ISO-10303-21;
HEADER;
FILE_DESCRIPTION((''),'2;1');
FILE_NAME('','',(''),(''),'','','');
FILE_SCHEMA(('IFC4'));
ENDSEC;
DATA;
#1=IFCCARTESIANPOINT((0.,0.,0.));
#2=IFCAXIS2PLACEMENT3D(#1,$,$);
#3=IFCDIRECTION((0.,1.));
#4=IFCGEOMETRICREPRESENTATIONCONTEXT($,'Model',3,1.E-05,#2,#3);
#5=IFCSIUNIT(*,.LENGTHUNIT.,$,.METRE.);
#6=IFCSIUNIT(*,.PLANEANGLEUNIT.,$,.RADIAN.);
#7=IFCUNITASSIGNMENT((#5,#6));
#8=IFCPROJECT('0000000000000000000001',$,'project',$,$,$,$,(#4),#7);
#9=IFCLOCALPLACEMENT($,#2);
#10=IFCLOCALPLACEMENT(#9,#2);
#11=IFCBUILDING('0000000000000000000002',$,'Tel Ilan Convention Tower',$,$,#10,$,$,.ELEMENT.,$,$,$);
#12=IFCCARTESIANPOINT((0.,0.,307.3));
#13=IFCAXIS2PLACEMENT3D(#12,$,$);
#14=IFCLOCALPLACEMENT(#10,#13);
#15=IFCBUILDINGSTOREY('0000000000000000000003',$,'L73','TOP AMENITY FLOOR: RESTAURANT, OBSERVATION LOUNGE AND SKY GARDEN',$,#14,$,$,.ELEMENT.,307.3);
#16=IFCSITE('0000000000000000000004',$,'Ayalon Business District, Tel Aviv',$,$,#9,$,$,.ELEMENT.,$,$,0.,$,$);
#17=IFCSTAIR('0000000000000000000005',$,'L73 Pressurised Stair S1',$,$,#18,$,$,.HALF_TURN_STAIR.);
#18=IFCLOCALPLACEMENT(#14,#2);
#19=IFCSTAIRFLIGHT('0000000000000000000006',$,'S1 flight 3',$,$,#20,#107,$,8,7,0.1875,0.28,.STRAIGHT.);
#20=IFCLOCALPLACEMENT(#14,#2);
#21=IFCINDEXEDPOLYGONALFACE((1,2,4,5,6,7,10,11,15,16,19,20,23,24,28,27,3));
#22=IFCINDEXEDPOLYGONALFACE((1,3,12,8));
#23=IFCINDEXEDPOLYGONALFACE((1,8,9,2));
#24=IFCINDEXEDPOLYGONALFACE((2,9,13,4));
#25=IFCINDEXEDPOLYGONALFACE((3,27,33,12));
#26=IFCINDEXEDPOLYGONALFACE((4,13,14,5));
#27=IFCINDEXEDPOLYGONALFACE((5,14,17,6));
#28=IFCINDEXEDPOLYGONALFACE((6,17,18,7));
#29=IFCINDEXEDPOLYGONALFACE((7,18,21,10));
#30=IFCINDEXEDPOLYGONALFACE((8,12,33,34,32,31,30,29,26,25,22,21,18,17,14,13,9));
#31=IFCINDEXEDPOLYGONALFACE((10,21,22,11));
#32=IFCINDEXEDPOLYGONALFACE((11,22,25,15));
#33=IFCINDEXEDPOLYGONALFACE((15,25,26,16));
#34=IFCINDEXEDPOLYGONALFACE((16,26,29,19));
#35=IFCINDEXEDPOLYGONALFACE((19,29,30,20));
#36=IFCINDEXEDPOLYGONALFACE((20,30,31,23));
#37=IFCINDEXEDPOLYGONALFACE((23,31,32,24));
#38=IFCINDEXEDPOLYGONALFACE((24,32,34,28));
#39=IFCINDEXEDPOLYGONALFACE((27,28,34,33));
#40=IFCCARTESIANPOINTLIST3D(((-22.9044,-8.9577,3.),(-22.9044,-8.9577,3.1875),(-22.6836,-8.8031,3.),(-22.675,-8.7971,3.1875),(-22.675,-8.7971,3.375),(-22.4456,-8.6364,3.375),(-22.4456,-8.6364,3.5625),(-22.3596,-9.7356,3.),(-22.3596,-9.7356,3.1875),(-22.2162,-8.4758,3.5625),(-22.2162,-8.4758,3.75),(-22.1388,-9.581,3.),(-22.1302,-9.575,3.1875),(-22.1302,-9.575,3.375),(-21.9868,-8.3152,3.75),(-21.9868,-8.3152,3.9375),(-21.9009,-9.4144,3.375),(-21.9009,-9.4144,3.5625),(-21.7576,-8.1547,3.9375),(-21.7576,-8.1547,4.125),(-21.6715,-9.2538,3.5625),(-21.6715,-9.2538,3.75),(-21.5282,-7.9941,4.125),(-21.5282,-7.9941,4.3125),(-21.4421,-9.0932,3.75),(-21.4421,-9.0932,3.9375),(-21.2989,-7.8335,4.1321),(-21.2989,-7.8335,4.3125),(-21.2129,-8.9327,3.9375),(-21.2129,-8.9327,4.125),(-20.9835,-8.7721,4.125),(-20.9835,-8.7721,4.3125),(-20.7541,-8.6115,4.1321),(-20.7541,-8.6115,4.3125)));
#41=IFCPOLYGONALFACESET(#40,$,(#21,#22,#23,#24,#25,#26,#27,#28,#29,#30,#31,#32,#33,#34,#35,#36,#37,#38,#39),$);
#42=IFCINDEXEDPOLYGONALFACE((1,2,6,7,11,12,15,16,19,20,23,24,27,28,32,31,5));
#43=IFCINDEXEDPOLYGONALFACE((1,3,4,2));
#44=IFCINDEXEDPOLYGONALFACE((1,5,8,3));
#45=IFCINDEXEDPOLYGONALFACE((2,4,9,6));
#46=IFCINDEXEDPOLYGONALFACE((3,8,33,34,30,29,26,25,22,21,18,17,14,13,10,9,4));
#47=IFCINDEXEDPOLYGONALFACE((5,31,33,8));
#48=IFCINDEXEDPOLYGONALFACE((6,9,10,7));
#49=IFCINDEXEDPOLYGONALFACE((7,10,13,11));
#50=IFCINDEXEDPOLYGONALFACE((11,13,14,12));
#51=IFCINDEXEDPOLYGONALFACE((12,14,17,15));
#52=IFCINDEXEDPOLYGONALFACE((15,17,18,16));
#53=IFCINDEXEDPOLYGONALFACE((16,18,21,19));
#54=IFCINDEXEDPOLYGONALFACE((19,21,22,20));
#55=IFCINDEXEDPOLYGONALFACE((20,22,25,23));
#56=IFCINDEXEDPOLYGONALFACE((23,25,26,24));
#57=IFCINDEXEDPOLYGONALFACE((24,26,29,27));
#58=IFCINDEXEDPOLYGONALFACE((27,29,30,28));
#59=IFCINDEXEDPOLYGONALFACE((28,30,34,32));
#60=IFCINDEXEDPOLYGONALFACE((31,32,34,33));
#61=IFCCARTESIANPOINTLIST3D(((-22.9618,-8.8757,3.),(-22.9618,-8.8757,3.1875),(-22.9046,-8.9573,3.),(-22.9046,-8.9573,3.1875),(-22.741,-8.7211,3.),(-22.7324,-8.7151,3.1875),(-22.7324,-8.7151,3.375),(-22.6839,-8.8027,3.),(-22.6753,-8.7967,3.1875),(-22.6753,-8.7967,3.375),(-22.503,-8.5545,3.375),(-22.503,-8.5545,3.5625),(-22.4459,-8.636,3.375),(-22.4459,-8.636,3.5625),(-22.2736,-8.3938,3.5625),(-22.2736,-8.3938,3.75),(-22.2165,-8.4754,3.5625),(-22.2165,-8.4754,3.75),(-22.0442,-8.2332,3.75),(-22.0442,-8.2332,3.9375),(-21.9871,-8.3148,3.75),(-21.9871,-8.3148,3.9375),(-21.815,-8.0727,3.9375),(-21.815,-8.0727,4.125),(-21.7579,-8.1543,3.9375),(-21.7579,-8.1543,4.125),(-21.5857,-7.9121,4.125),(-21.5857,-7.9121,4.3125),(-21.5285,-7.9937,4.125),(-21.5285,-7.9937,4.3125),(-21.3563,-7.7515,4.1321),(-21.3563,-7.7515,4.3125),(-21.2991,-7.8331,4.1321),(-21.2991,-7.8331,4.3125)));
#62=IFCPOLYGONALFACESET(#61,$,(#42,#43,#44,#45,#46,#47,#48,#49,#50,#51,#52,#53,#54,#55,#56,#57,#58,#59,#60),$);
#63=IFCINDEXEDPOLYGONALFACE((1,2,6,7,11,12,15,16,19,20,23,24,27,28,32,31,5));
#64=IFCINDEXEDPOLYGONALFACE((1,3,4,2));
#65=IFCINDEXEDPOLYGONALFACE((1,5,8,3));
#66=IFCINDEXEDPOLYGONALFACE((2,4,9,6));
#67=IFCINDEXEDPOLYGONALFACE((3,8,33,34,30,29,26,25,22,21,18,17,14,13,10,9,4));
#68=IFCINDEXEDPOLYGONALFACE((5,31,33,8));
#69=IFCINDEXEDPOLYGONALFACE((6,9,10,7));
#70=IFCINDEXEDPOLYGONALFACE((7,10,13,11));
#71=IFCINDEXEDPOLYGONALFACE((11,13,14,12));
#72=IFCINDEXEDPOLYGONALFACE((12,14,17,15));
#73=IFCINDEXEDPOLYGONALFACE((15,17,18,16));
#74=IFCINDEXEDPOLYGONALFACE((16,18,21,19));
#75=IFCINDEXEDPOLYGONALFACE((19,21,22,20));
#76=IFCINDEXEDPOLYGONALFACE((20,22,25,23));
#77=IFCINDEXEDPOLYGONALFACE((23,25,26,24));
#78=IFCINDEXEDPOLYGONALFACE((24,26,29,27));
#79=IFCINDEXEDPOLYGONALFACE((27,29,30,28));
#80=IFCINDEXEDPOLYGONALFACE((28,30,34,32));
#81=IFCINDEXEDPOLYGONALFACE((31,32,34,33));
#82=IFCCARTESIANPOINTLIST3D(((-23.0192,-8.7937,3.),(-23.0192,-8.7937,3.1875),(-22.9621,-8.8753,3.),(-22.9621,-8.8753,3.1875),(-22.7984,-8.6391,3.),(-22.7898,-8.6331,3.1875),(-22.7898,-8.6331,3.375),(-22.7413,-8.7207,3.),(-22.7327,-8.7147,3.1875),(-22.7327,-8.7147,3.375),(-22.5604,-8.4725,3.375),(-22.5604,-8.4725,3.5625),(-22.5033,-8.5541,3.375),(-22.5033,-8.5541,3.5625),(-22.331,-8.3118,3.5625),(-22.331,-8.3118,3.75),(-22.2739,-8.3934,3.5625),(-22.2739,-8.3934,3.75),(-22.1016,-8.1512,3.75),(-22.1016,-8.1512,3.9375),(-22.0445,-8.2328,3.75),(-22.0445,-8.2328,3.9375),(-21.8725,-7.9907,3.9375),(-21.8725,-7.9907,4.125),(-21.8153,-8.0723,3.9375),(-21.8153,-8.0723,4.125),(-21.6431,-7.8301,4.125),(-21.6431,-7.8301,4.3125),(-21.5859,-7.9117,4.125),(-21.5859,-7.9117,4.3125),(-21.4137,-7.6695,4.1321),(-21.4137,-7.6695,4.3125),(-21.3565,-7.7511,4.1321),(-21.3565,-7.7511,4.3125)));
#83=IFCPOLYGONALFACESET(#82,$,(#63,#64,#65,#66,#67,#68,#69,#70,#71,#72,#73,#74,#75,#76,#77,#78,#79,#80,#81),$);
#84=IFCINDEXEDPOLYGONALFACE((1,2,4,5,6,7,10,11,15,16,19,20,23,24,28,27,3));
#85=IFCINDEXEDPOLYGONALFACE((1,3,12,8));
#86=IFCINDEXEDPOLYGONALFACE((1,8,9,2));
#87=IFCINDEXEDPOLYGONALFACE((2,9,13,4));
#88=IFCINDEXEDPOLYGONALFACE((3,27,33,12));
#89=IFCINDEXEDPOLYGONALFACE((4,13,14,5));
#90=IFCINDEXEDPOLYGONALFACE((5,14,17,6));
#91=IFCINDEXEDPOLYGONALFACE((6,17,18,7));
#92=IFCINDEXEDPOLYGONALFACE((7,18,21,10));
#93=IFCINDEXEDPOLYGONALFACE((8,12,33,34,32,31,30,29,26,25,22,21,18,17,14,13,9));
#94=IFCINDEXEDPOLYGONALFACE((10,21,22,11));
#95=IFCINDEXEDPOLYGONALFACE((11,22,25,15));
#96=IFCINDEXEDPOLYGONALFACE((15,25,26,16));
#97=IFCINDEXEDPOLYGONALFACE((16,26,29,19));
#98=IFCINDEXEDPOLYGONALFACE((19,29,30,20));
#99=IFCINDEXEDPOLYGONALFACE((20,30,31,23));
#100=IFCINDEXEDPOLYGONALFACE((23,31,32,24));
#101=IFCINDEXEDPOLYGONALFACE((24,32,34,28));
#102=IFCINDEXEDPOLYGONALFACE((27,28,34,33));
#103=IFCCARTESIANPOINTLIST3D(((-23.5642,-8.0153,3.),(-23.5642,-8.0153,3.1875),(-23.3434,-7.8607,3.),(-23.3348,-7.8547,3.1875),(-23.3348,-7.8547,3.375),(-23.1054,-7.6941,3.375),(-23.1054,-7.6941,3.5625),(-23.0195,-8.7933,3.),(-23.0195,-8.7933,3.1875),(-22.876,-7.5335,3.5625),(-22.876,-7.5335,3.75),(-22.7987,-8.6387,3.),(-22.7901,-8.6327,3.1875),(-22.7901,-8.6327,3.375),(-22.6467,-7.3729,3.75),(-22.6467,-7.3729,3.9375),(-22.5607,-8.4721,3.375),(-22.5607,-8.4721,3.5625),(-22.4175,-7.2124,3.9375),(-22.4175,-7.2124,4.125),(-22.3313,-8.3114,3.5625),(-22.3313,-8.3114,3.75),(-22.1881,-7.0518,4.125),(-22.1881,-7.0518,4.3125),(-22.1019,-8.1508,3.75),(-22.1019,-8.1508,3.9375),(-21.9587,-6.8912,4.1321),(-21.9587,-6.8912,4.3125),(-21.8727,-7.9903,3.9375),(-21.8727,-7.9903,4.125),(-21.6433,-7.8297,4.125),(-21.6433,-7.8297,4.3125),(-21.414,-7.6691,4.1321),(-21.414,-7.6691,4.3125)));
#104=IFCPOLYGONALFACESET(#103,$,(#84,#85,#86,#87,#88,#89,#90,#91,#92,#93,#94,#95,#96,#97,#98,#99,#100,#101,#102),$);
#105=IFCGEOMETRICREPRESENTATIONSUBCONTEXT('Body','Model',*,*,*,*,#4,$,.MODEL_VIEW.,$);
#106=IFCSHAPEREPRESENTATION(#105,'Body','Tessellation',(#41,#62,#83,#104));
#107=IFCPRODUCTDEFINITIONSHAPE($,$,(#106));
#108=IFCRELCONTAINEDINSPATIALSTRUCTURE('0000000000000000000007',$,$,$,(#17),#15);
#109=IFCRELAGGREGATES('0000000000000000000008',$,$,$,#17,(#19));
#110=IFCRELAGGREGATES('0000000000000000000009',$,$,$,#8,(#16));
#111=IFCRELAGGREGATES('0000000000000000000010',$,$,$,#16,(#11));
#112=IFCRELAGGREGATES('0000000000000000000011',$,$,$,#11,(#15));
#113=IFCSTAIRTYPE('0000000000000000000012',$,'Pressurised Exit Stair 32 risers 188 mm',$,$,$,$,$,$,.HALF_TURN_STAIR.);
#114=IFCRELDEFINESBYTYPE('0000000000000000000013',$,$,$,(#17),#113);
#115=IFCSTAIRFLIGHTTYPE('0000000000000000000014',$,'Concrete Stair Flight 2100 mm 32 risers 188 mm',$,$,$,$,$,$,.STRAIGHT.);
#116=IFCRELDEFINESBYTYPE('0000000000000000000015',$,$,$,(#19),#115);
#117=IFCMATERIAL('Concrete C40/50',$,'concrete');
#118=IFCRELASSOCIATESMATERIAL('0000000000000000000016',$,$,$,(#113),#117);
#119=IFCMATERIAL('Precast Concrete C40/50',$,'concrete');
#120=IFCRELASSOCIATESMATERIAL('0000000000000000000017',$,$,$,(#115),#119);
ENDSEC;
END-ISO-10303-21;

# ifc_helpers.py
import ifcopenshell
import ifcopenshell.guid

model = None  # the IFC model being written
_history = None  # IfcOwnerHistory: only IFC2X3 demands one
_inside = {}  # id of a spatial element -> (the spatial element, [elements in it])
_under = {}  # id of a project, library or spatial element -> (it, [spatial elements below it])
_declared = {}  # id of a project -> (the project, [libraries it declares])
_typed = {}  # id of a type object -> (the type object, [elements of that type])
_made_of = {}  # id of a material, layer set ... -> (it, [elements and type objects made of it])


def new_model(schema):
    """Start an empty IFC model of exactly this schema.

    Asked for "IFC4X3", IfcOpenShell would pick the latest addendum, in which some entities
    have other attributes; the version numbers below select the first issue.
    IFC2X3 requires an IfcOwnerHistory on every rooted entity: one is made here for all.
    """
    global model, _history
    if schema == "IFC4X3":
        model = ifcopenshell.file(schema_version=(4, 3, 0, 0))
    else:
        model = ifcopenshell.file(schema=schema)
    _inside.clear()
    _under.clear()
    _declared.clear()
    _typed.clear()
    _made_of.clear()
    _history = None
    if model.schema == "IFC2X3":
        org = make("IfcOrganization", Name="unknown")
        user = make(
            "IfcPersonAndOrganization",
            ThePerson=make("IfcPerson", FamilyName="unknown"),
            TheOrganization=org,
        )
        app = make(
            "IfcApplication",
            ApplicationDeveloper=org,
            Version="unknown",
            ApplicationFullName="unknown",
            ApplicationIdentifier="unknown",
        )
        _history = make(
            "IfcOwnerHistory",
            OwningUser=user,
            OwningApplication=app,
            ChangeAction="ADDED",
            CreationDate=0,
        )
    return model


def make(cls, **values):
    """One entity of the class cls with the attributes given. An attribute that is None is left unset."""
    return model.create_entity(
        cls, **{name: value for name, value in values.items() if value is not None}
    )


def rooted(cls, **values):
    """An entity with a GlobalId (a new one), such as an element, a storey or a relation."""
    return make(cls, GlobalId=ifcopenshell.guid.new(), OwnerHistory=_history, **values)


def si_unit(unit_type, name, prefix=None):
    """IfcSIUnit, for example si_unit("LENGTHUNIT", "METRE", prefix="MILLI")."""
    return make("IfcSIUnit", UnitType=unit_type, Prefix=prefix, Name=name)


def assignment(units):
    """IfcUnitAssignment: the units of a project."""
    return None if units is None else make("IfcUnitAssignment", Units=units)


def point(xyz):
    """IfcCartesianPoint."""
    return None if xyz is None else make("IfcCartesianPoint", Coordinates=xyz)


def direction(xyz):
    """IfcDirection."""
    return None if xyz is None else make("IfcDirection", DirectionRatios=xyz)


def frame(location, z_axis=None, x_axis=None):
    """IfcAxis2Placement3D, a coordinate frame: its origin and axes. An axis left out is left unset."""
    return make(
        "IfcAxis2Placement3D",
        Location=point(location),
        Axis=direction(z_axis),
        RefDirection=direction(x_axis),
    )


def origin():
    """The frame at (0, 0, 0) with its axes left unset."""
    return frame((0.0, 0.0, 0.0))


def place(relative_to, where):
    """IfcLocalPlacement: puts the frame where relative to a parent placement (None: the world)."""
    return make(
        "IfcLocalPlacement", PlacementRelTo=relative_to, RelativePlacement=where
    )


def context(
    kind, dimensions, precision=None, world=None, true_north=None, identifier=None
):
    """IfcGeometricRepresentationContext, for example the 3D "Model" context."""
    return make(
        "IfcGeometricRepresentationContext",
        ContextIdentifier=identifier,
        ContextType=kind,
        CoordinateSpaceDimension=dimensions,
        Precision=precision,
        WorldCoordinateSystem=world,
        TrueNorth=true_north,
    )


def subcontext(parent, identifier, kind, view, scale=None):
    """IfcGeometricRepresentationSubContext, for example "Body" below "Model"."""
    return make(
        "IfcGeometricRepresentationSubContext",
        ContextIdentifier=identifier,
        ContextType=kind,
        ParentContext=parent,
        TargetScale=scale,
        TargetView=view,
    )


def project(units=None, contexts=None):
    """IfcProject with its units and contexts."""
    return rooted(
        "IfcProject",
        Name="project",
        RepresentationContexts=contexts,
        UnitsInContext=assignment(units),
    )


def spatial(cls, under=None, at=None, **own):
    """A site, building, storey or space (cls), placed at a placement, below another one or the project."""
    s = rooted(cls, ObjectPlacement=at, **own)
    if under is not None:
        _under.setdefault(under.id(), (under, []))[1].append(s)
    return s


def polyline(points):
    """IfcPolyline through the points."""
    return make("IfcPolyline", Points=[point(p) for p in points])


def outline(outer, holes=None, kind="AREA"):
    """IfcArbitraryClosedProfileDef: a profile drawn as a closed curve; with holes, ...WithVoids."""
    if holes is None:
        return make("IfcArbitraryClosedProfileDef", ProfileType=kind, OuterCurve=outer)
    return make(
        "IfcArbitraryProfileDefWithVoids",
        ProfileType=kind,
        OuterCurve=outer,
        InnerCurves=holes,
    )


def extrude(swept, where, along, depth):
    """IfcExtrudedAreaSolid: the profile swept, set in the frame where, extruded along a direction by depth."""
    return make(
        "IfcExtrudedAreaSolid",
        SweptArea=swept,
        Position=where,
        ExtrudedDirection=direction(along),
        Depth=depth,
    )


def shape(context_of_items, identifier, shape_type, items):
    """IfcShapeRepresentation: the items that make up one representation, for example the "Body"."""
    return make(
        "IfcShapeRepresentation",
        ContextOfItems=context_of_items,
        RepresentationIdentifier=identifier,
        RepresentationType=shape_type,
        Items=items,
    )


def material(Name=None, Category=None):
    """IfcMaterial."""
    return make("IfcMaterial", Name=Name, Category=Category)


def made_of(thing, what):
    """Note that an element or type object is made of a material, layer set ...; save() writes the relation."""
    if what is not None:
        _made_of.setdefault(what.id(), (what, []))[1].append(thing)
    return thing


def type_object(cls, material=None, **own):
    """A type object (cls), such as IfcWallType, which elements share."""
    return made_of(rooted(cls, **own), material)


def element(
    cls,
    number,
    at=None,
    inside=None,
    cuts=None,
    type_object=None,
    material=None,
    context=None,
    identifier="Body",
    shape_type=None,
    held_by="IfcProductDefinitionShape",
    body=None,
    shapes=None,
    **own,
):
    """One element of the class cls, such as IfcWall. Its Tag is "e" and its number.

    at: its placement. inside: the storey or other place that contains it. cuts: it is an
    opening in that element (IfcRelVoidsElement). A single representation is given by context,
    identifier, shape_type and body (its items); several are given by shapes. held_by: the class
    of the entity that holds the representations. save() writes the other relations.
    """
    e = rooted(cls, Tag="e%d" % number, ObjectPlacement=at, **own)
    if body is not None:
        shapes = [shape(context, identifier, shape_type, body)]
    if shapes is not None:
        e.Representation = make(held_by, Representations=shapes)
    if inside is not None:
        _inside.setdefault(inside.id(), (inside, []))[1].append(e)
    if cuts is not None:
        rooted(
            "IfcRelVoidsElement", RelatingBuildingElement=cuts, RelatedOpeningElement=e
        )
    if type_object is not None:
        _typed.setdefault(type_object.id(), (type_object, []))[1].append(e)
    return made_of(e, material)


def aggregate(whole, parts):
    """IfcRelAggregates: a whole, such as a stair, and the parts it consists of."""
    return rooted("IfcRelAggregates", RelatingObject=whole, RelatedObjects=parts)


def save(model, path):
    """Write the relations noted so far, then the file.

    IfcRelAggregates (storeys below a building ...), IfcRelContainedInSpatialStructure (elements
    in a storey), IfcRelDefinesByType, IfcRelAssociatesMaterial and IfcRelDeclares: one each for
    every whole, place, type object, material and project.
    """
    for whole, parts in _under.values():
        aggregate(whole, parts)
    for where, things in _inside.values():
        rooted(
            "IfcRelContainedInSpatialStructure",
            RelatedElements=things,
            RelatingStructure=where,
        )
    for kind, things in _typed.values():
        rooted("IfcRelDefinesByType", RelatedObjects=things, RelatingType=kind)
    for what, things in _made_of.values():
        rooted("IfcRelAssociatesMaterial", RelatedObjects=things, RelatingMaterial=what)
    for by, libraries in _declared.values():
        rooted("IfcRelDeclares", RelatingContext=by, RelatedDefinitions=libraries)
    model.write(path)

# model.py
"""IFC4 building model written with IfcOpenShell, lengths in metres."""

from ifc_helpers import new_model, si_unit, direction, frame, origin, place, context, subcontext, project, spatial, polyline, outline, extrude, material, type_object, element, aggregate, save


model = new_model("IFC4")

# Units and contexts
model_context = context("Model", 3, precision=1e-05, world=origin(), true_north=direction((0.0, 1.0)))
body_context = subcontext(model_context, "Body", "Model", "MODEL_VIEW")
ifc_project = project(units=[si_unit("LENGTHUNIT", "METRE"), si_unit("PLANEANGLEUNIT", "RADIAN")], contexts=[model_context])

# Site, building, storey
site_placement = place(None, origin())
site = spatial("IfcSite", under=ifc_project, at=site_placement, Name="Ayalon Business District, Tel Aviv", CompositionType="ELEMENT", RefElevation=0.0)
building_placement = place(site_placement, origin())
building = spatial("IfcBuilding", under=site, at=building_placement, Name="Tel Ilan Convention Tower", CompositionType="ELEMENT")
storey_placement = place(building_placement, frame((0.0, 0.0, 307.3)))
storey = spatial("IfcBuildingStorey", under=building, at=storey_placement, Name="L73", Description="TOP AMENITY FLOOR: RESTAURANT, OBSERVATION LOUNGE AND SKY GARDEN", CompositionType="ELEMENT", Elevation=307.3)

# Stair, stair flight
ifc_material_1 = material(Name="Concrete C40/50", Category="concrete")
stair_type = type_object("IfcStairType", Name="Pressurised Exit Stair 32 risers 188 mm", PredefinedType="HALF_TURN_STAIR", material=ifc_material_1)
stair_1_placement = place(storey_placement, origin())
stair_1 = element("IfcStair", 1, at=stair_1_placement, inside=storey, type_object=stair_type, Name="L73 Pressurised Stair S1", PredefinedType="HALF_TURN_STAIR")
ifc_material_2 = material(Name="Precast Concrete C40/50", Category="concrete")
stair_flight_type = type_object("IfcStairFlightType", Name="Concrete Stair Flight 2100 mm 32 risers 188 mm", PredefinedType="STRAIGHT", material=ifc_material_2)
stair_flight_1_placement = place(storey_placement, frame((-22.9619, -8.8755, 3.0), z_axis=(0.0, 0.0, 1.0), x_axis=(0.819152, 0.573576, 0.0)))
stair_flight_1 = element("IfcStairFlight", 2, at=stair_flight_1_placement, type_object=stair_flight_type, Name="S1 flight 3", NumberOfRisers=8, NumberOfTreads=7, PredefinedType="STRAIGHT", RiserHeight=0.1875, TreadLength=0.28, context=body_context, shape_type="SweptSolid", body=[
    extrude(outline(polyline([(0.0, 0.0), (0.0, 0.1875), (0.28, 0.1875), (0.28, 0.375), (0.5601, 0.375), (0.5601, 0.5625), (0.8401, 0.5625), (0.8401, 0.75), (1.1201, 0.75), (1.1201, 0.9375), (1.3999, 0.9375), (1.3999, 1.125), (1.6799, 1.125), (1.6799, 1.3125), (1.96, 1.3125), (1.96, 1.5), (1.96, 1.1321), (0.2695, 0.0), (0.0, 0.0)])), frame((0.0, -0.1003, 0.0), z_axis=(0.0, -1.0, 0.0), x_axis=(1.0, 0.0, 0.0)), (0.0, 0.0, 1.0), 0.9497),
    extrude(outline(polyline([(0.0, 0.0), (0.0, 0.1875), (0.28, 0.1875), (0.28, 0.375), (0.5601, 0.375), (0.5601, 0.5625), (0.8401, 0.5625), (0.8401, 0.75), (1.1201, 0.75), (1.1201, 0.9375), (1.3999, 0.9375), (1.3999, 1.125), (1.6799, 1.125), (1.6799, 1.3125), (1.96, 1.3125), (1.96, 1.5), (1.96, 1.1321), (0.2695, 0.0), (0.0, 0.0)])), frame((0.0, -0.0002, 0.0), z_axis=(0.0, -1.0, 0.0), x_axis=(1.0, 0.0, 0.0)), (0.0, 0.0, 1.0), 0.0996),
    extrude(outline(polyline([(0.0, 0.0), (0.0, 0.1875), (0.28, 0.1875), (0.28, 0.375), (0.5601, 0.375), (0.5601, 0.5625), (0.8401, 0.5625), (0.8401, 0.75), (1.1201, 0.75), (1.1201, 0.9375), (1.3999, 0.9375), (1.3999, 1.125), (1.6799, 1.125), (1.6799, 1.3125), (1.96, 1.3125), (1.96, 1.5), (1.96, 1.1321), (0.2695, 0.0), (0.0, 0.0)])), frame((0.0, 0.0999, 0.0), z_axis=(0.0, -1.0, 0.0), x_axis=(1.0, 0.0, 0.0)), (0.0, 0.0, 1.0), 0.0996),
    extrude(outline(polyline([(0.0, 0.0), (0.0, 0.1875), (0.28, 0.1875), (0.28, 0.375), (0.5601, 0.375), (0.5601, 0.5625), (0.8401, 0.5625), (0.8401, 0.75), (1.1201, 0.75), (1.1201, 0.9375), (1.3999, 0.9375), (1.3999, 1.125), (1.6799, 1.125), (1.6799, 1.3125), (1.96, 1.3125), (1.96, 1.5), (1.96, 1.1321), (0.2695, 0.0), (0.0, 0.0)])), frame((0.0, 1.05, 0.0), z_axis=(0.0, -1.0, 0.0), x_axis=(1.0, 0.0, 0.0)), (0.0, 0.0, 1.0), 0.9497),
])
aggregate(stair_1, [stair_flight_1])

save(model, "model.ifc")
